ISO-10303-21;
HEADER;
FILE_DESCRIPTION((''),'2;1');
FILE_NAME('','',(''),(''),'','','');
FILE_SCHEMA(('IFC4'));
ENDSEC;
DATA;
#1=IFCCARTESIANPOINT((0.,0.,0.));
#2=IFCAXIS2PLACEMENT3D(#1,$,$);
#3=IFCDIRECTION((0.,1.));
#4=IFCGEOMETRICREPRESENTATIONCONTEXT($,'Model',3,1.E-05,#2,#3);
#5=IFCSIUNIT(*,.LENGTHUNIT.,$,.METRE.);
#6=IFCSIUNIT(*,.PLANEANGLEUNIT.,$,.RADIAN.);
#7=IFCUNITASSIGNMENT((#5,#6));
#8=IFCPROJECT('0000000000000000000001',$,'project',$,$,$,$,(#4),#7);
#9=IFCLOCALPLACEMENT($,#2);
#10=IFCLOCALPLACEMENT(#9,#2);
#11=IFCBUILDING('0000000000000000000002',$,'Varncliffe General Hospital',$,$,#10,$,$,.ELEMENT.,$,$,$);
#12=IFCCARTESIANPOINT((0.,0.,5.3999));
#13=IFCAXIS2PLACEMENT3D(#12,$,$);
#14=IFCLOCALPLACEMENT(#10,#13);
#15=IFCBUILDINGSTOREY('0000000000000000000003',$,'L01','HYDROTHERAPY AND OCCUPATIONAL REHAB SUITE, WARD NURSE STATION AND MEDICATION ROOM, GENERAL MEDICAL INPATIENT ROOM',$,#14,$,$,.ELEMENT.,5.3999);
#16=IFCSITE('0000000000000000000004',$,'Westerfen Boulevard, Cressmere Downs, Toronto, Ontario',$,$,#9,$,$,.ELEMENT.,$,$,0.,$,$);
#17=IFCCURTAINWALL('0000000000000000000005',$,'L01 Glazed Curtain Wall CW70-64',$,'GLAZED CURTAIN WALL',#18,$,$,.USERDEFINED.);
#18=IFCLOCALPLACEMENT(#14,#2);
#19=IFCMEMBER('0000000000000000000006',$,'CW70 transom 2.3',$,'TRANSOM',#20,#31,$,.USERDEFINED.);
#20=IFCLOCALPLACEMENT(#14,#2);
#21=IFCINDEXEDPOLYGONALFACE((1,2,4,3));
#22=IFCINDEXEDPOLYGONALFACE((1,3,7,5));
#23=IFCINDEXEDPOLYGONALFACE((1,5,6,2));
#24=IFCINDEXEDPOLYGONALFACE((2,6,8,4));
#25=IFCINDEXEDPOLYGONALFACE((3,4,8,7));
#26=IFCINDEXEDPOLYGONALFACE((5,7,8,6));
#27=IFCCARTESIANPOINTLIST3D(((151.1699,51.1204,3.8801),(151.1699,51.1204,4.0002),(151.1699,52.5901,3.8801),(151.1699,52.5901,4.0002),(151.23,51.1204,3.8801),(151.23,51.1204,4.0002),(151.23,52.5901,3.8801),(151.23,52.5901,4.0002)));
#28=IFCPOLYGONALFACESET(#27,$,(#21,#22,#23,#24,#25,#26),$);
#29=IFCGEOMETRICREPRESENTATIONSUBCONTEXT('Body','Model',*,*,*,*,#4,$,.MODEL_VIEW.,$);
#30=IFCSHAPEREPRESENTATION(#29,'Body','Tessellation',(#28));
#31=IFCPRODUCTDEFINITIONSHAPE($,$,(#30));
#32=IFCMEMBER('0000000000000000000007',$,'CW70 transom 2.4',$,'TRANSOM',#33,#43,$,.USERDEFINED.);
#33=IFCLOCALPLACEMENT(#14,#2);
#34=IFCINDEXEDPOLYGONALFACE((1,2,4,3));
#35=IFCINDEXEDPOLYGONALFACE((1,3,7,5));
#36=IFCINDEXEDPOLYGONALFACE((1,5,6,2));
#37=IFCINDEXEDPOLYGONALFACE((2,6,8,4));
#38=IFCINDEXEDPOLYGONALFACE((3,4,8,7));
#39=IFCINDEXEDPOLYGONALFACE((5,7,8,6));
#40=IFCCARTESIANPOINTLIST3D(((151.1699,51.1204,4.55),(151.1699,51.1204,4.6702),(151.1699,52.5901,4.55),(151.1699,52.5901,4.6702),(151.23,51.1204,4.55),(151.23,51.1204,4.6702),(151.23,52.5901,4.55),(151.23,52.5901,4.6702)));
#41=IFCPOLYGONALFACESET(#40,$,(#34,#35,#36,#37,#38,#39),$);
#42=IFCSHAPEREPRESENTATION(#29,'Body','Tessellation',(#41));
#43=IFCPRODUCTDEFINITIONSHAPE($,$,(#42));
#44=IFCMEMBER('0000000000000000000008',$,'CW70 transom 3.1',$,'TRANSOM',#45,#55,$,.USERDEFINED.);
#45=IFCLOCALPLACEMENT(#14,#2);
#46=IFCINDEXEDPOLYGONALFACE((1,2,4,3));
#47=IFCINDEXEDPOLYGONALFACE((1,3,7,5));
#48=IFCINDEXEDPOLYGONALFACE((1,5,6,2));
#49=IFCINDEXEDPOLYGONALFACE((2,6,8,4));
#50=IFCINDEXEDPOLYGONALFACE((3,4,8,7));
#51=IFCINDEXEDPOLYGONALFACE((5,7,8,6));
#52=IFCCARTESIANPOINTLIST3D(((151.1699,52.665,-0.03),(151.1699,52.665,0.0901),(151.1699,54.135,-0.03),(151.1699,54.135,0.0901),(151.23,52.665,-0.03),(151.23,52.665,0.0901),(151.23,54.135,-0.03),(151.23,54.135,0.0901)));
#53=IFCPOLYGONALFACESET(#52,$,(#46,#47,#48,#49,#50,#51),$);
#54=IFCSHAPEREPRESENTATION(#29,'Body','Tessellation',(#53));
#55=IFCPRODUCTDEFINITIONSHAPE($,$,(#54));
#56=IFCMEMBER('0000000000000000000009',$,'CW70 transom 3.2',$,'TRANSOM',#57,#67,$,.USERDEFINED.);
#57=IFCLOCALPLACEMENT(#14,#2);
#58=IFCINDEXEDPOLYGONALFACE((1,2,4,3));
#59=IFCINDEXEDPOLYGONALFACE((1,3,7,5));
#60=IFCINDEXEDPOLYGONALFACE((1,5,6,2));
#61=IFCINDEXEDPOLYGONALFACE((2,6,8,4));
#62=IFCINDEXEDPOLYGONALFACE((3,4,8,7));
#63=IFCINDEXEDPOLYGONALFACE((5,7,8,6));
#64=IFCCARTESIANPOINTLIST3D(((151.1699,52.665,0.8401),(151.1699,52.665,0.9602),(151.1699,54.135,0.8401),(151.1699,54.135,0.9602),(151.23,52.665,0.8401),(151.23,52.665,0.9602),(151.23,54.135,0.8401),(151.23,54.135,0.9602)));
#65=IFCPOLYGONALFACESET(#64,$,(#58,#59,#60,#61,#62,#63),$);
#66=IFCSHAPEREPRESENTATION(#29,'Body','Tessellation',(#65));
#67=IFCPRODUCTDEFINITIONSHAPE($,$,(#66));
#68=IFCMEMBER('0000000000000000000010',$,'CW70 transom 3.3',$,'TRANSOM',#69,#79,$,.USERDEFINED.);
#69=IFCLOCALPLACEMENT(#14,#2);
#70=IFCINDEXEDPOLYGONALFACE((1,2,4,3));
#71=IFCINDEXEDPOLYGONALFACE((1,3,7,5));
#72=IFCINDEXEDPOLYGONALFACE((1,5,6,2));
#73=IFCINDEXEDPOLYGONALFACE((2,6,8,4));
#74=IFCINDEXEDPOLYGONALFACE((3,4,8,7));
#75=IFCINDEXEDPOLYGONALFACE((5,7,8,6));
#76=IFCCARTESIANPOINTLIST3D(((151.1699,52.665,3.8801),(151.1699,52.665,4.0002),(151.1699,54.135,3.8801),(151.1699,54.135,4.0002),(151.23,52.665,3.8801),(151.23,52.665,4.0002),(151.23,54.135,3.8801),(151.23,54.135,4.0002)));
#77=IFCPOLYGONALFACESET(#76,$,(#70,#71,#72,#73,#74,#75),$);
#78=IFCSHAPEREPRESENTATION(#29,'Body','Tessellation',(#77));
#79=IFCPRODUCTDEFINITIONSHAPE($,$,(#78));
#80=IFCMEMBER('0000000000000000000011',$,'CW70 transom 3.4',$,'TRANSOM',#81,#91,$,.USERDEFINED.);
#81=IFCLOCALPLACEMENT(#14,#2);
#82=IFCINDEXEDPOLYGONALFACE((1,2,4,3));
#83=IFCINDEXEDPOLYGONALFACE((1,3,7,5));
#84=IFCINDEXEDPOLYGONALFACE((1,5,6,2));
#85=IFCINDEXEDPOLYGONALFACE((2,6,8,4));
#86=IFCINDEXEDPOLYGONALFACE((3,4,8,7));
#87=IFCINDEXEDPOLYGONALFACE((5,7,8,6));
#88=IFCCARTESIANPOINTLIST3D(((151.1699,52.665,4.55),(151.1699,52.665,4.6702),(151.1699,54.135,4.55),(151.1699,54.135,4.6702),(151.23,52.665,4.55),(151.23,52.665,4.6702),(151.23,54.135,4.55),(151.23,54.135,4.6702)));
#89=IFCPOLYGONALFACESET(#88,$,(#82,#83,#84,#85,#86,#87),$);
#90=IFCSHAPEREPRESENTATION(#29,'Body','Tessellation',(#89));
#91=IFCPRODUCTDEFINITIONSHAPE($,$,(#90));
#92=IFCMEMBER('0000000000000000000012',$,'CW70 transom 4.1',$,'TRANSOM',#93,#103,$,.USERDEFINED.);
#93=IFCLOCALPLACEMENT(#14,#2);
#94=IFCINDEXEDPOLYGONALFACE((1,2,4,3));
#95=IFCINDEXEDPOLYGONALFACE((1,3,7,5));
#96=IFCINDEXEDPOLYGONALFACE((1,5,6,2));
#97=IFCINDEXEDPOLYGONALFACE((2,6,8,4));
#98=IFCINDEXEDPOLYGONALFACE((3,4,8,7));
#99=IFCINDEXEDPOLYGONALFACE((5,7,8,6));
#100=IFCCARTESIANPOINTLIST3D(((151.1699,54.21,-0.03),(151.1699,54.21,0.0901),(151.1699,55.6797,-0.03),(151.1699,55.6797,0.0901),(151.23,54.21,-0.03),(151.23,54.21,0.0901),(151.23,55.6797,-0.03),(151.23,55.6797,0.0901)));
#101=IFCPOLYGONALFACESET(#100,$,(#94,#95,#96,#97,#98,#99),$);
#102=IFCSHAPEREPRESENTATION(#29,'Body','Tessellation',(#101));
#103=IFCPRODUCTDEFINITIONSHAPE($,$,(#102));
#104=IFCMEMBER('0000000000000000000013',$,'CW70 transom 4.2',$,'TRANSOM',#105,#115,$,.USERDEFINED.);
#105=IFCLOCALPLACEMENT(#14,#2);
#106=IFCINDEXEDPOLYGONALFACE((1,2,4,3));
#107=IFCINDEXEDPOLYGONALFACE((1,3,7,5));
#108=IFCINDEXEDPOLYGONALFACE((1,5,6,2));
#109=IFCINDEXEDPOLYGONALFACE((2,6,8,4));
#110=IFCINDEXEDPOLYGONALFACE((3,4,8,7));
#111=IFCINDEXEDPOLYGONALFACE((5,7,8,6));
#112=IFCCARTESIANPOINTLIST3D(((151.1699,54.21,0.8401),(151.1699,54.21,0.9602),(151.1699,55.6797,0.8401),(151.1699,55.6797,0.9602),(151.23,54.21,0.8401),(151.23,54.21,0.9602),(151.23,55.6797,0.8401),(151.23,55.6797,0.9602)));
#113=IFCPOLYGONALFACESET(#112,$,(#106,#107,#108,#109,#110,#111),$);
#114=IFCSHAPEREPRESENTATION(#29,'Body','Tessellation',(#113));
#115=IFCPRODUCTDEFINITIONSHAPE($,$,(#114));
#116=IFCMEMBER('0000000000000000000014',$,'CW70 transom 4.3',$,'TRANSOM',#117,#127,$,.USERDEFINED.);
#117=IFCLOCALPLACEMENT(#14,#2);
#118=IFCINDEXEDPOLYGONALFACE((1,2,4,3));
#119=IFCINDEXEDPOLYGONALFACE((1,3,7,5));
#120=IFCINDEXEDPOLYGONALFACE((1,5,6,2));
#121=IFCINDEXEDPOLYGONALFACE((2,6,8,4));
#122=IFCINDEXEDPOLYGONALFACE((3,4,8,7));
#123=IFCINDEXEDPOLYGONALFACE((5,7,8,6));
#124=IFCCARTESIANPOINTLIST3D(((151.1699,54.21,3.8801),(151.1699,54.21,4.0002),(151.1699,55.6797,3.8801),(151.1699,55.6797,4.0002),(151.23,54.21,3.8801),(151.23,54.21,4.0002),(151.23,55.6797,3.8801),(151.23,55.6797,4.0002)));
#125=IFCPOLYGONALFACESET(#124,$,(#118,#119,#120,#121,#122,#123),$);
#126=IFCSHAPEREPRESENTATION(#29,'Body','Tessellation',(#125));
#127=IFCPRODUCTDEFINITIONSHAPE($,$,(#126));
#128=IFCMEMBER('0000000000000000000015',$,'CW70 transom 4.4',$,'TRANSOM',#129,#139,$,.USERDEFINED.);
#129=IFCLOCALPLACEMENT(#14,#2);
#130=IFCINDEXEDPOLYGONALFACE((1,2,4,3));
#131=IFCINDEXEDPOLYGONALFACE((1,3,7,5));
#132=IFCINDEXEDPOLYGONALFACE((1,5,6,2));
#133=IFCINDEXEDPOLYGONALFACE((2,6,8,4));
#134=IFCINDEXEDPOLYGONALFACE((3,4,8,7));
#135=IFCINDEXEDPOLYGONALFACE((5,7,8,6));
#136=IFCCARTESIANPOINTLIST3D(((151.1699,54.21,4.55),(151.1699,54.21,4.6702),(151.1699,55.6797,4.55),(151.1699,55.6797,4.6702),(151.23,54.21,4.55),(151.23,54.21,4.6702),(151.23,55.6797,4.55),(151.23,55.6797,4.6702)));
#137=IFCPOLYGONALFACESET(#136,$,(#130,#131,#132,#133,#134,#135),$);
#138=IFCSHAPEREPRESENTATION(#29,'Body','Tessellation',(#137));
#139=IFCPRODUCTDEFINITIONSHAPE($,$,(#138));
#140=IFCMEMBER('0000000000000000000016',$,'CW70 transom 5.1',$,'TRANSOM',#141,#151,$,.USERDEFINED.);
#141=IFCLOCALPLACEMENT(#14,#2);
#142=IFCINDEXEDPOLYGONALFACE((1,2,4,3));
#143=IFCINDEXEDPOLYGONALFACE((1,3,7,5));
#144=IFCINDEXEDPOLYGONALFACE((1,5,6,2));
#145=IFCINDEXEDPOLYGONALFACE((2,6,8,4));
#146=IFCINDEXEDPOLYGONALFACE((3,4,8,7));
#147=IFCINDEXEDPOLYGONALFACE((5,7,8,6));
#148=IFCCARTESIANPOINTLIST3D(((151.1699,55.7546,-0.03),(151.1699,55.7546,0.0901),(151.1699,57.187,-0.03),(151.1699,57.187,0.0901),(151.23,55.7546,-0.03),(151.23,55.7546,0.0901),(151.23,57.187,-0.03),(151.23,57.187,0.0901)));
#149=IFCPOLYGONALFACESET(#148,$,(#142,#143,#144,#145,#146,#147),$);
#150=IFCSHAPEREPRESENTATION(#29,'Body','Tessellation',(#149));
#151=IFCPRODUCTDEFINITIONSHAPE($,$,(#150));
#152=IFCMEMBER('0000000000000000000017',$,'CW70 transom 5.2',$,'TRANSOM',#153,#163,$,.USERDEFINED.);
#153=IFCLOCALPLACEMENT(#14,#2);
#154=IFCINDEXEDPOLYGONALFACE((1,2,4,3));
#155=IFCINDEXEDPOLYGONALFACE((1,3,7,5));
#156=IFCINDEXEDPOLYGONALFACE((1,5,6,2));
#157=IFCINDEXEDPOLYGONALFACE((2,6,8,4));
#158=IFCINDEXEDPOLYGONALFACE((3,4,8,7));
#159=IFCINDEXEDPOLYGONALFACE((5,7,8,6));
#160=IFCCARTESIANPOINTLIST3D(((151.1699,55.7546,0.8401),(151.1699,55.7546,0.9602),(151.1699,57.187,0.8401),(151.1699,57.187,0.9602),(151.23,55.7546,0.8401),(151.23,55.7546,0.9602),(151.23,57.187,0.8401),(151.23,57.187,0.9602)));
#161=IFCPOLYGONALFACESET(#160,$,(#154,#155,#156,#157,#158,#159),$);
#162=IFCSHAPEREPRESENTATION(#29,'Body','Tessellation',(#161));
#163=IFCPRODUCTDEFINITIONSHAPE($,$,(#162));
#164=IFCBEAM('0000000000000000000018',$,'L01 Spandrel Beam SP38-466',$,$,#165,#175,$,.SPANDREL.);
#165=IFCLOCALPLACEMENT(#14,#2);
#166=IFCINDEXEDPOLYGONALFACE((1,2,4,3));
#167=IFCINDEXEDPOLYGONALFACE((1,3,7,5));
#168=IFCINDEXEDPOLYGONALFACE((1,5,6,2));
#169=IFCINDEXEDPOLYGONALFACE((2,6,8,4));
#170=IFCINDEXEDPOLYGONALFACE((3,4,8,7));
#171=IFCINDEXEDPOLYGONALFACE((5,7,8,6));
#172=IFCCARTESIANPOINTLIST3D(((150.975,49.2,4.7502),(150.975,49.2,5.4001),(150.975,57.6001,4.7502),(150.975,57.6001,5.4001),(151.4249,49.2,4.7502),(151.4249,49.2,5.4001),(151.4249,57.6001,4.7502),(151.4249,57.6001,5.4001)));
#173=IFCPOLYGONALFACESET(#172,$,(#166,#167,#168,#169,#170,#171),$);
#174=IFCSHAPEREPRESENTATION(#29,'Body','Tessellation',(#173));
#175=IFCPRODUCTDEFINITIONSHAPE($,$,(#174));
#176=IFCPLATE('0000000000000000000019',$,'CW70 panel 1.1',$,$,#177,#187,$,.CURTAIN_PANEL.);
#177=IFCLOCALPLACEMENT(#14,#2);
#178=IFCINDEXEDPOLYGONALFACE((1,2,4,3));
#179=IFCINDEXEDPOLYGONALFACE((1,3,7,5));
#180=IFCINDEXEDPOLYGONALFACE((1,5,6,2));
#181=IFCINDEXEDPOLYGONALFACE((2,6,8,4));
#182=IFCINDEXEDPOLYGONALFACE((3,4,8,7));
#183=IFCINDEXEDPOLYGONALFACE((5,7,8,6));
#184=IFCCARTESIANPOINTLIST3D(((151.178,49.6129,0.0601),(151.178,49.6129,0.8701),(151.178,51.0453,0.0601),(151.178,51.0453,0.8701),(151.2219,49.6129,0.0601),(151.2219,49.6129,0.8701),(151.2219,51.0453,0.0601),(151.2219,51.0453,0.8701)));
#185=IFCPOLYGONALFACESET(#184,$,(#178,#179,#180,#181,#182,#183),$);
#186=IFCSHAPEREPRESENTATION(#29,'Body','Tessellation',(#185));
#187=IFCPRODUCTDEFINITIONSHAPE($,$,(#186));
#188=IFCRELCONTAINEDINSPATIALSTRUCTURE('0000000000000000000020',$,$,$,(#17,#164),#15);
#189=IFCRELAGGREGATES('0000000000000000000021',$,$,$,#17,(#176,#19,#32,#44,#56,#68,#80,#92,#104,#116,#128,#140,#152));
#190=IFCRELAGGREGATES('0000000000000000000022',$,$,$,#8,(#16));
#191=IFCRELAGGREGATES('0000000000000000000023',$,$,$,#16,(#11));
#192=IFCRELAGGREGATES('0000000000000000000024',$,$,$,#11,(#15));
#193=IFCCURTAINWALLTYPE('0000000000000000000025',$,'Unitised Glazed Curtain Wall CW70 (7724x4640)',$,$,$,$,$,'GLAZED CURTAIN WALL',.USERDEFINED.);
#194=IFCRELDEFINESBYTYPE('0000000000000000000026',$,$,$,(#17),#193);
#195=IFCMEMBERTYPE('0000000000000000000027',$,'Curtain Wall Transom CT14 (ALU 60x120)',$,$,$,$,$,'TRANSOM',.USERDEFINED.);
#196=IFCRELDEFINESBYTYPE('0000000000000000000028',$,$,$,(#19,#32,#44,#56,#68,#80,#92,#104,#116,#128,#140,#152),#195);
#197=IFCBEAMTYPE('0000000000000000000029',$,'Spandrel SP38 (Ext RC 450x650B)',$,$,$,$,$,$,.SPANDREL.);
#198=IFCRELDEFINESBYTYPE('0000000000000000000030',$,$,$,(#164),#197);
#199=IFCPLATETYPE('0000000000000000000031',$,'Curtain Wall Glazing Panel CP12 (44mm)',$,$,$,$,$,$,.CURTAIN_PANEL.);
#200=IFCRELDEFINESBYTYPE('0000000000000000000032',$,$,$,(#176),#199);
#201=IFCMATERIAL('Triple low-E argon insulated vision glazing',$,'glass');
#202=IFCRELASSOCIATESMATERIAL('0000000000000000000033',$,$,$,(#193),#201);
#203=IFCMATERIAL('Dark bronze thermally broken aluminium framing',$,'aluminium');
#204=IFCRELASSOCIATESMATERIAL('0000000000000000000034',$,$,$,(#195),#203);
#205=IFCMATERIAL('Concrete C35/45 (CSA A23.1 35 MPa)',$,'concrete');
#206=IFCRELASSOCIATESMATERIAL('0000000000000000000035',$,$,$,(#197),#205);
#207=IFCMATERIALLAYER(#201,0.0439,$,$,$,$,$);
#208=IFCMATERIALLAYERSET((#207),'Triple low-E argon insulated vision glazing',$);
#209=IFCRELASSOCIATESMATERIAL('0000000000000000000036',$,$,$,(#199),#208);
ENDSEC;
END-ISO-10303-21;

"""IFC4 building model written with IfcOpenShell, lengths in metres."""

from ifc_helpers import new_model, si_unit, direction, frame, origin, origin_2d, place, context, subcontext, project, spatial, rectangle, extrude, material, layer, layer_set, material_profile, profile_set, type_object, element, aggregate, save


model = new_model("IFC4")

# Units and contexts
model_context = context("Model", 3, precision=1e-05, world=origin(), true_north=direction((0.0, 1.0)))
body_context = subcontext(model_context, "Body", "Model", "MODEL_VIEW")
ifc_project = project(units=[si_unit("LENGTHUNIT", "METRE"), si_unit("PLANEANGLEUNIT", "RADIAN")], contexts=[model_context])

# Site, building, storey
site_placement = place(None, origin())
site = spatial("IfcSite", under=ifc_project, at=site_placement, Name="Westerfen Boulevard, Cressmere Downs, Toronto, Ontario", CompositionType="ELEMENT", RefElevation=0.0)
building_placement = place(site_placement, origin())
building = spatial("IfcBuilding", under=site, at=building_placement, Name="Varncliffe General Hospital", CompositionType="ELEMENT")
storey_placement = place(building_placement, frame((0.0, 0.0, 5.3999)))
storey = spatial("IfcBuildingStorey", under=building, at=storey_placement, Name="L01", Description="HYDROTHERAPY AND OCCUPATIONAL REHAB SUITE, WARD NURSE STATION AND MEDICATION ROOM, GENERAL MEDICAL INPATIENT ROOM", CompositionType="ELEMENT", Elevation=5.3999)

# Shared definitions
ifc_material_1 = material(Name="Concrete C35/45 (CSA A23.1 35 MPa)", Category="concrete")

# Curtain wall
ifc_material_2 = material(Name="Triple low-E argon insulated vision glazing", Category="glass")
curtain_wall_type_1 = type_object("IfcCurtainWallType", Name="Unitised Glazed Curtain Wall CW70 (7724x4640)", ElementType="GLAZED CURTAIN WALL", PredefinedType="USERDEFINED", material=ifc_material_2)
curtain_wall_1_placement = place(storey_placement, origin())
curtain_wall_1 = element("IfcCurtainWall", 1, at=curtain_wall_1_placement, inside=storey, type_object=curtain_wall_type_1, Name="L01 Glazed Curtain Wall CW70-64", ObjectType="GLAZED CURTAIN WALL", PredefinedType="USERDEFINED")
ifc_material_3 = material(Name="Dark bronze thermally broken aluminium framing", Category="aluminium")

# Members
ifc_material_profile_1 = material_profile(ifc_material_3, rectangle(XDim=0.0601, YDim=0.1201, at=origin_2d()), Name="ALU 60x120")
ifc_profile_set_1 = profile_set([ifc_material_profile_1], Name="Dark bronze thermally broken aluminium framing")
member_type_1 = type_object("IfcMemberType", Name="Curtain Wall Transom CT14 (ALU 60x120)", ElementType="TRANSOM", PredefinedType="USERDEFINED", material=ifc_profile_set_1)
member_1_placement = place(storey_placement, frame((151.2, 51.1204, 3.9402), z_axis=(0.0, 1.0, 0.0), x_axis=(-1.0, 0.0, 0.0)))
member_1 = element("IfcMember", 2, at=member_1_placement, type_object=member_type_1, Name="CW70 transom 2.3", ObjectType="TRANSOM", PredefinedType="USERDEFINED", context=body_context, shape_type="SweptSolid", body=[
    extrude(rectangle(XDim=0.0601, YDim=0.1201, at=origin_2d()), origin(), (0.0, 0.0, 1.0), 1.4697),
])
member_2_placement = place(storey_placement, frame((151.2, 51.1204, 4.6101), z_axis=(0.0, 1.0, 0.0), x_axis=(-1.0, 0.0, 0.0)))
member_2 = element("IfcMember", 3, at=member_2_placement, type_object=member_type_1, Name="CW70 transom 2.4", ObjectType="TRANSOM", PredefinedType="USERDEFINED", context=body_context, shape_type="SweptSolid", body=[
    extrude(rectangle(XDim=0.0601, YDim=0.1201, at=origin_2d()), origin(), (0.0, 0.0, 1.0), 1.4697),
])
member_3_placement = place(storey_placement, frame((151.2, 52.665, 0.03), z_axis=(0.0, 1.0, 0.0), x_axis=(-1.0, 0.0, 0.0)))
member_3 = element("IfcMember", 4, at=member_3_placement, type_object=member_type_1, Name="CW70 transom 3.1", ObjectType="TRANSOM", PredefinedType="USERDEFINED", context=body_context, shape_type="SweptSolid", body=[
    extrude(rectangle(XDim=0.0601, YDim=0.1201, at=origin_2d()), origin(), (0.0, 0.0, 1.0), 1.47),
])
member_4_placement = place(storey_placement, frame((151.2, 52.665, 0.9001), z_axis=(0.0, 1.0, 0.0), x_axis=(-1.0, 0.0, 0.0)))
member_4 = element("IfcMember", 5, at=member_4_placement, type_object=member_type_1, Name="CW70 transom 3.2", ObjectType="TRANSOM", PredefinedType="USERDEFINED", context=body_context, shape_type="SweptSolid", body=[
    extrude(rectangle(XDim=0.0601, YDim=0.1201, at=origin_2d()), origin(), (0.0, 0.0, 1.0), 1.47),
])
member_5_placement = place(storey_placement, frame((151.2, 52.665, 3.9402), z_axis=(0.0, 1.0, 0.0), x_axis=(-1.0, 0.0, 0.0)))
member_5 = element("IfcMember", 6, at=member_5_placement, type_object=member_type_1, Name="CW70 transom 3.3", ObjectType="TRANSOM", PredefinedType="USERDEFINED", context=body_context, shape_type="SweptSolid", body=[
    extrude(rectangle(XDim=0.0601, YDim=0.1201, at=origin_2d()), origin(), (0.0, 0.0, 1.0), 1.47),
])
member_6_placement = place(storey_placement, frame((151.2, 52.665, 4.6101), z_axis=(0.0, 1.0, 0.0), x_axis=(-1.0, 0.0, 0.0)))
member_6 = element("IfcMember", 7, at=member_6_placement, type_object=member_type_1, Name="CW70 transom 3.4", ObjectType="TRANSOM", PredefinedType="USERDEFINED", context=body_context, shape_type="SweptSolid", body=[
    extrude(rectangle(XDim=0.0601, YDim=0.1201, at=origin_2d()), origin(), (0.0, 0.0, 1.0), 1.47),
])
member_7_placement = place(storey_placement, frame((151.2, 54.21, 0.03), z_axis=(0.0, 1.0, 0.0), x_axis=(-1.0, 0.0, 0.0)))
member_7 = element("IfcMember", 8, at=member_7_placement, type_object=member_type_1, Name="CW70 transom 4.1", ObjectType="TRANSOM", PredefinedType="USERDEFINED", context=body_context, shape_type="SweptSolid", body=[
    extrude(rectangle(XDim=0.0601, YDim=0.1201, at=origin_2d()), origin(), (0.0, 0.0, 1.0), 1.4697),
])
member_8_placement = place(storey_placement, frame((151.2, 54.21, 0.9001), z_axis=(0.0, 1.0, 0.0), x_axis=(-1.0, 0.0, 0.0)))
member_8 = element("IfcMember", 9, at=member_8_placement, type_object=member_type_1, Name="CW70 transom 4.2", ObjectType="TRANSOM", PredefinedType="USERDEFINED", context=body_context, shape_type="SweptSolid", body=[
    extrude(rectangle(XDim=0.0601, YDim=0.1201, at=origin_2d()), origin(), (0.0, 0.0, 1.0), 1.4697),
])
member_9_placement = place(storey_placement, frame((151.2, 54.21, 3.9402), z_axis=(0.0, 1.0, 0.0), x_axis=(-1.0, 0.0, 0.0)))
member_9 = element("IfcMember", 10, at=member_9_placement, type_object=member_type_1, Name="CW70 transom 4.3", ObjectType="TRANSOM", PredefinedType="USERDEFINED", context=body_context, shape_type="SweptSolid", body=[
    extrude(rectangle(XDim=0.0601, YDim=0.1201, at=origin_2d()), origin(), (0.0, 0.0, 1.0), 1.4697),
])
member_10_placement = place(storey_placement, frame((151.2, 54.21, 4.6101), z_axis=(0.0, 1.0, 0.0), x_axis=(-1.0, 0.0, 0.0)))
member_10 = element("IfcMember", 11, at=member_10_placement, type_object=member_type_1, Name="CW70 transom 4.4", ObjectType="TRANSOM", PredefinedType="USERDEFINED", context=body_context, shape_type="SweptSolid", body=[
    extrude(rectangle(XDim=0.0601, YDim=0.1201, at=origin_2d()), origin(), (0.0, 0.0, 1.0), 1.4697),
])
member_11_placement = place(storey_placement, frame((151.2, 55.7546, 0.03), z_axis=(0.0, 1.0, 0.0), x_axis=(-1.0, 0.0, 0.0)))
member_11 = element("IfcMember", 12, at=member_11_placement, type_object=member_type_1, Name="CW70 transom 5.1", ObjectType="TRANSOM", PredefinedType="USERDEFINED", context=body_context, shape_type="SweptSolid", body=[
    extrude(rectangle(XDim=0.0601, YDim=0.1201, at=origin_2d()), origin(), (0.0, 0.0, 1.0), 1.4324),
])
member_12_placement = place(storey_placement, frame((151.2, 55.7546, 0.9001), z_axis=(0.0, 1.0, 0.0), x_axis=(-1.0, 0.0, 0.0)))
member_12 = element("IfcMember", 13, at=member_12_placement, type_object=member_type_1, Name="CW70 transom 5.2", ObjectType="TRANSOM", PredefinedType="USERDEFINED", context=body_context, shape_type="SweptSolid", body=[
    extrude(rectangle(XDim=0.0601, YDim=0.1201, at=origin_2d()), origin(), (0.0, 0.0, 1.0), 1.4324),
])

# Beam
ifc_material_profile_2 = material_profile(ifc_material_1, rectangle(XDim=0.45, YDim=0.6499, at=origin_2d()), Name="RC 450x650")
ifc_profile_set_2 = profile_set([ifc_material_profile_2], Name="Concrete C35/45 (CSA A23.1 35 MPa)")
beam_type_1 = type_object("IfcBeamType", Name="Spandrel SP38 (Ext RC 450x650B)", PredefinedType="SPANDREL", material=ifc_profile_set_2)
beam_1_placement = place(storey_placement, frame((151.2, 49.2, 5.0752), z_axis=(0.0, 1.0, 0.0), x_axis=(-1.0, 0.0, 0.0)))
element("IfcBeam", 14, at=beam_1_placement, inside=storey, type_object=beam_type_1, Name="L01 Spandrel Beam SP38-466", PredefinedType="SPANDREL", context=body_context, shape_type="SweptSolid", body=[
    extrude(rectangle(XDim=0.45, YDim=0.6499, at=origin_2d()), origin(), (0.0, 0.0, 1.0), 8.4001),
])

# Plate
ifc_layer = layer(ifc_material_2, 0.0439)
ifc_layer_set = layer_set([ifc_layer], Name="Triple low-E argon insulated vision glazing")
plate_type = type_object("IfcPlateType", Name="Curtain Wall Glazing Panel CP12 (44mm)", PredefinedType="CURTAIN_PANEL", material=ifc_layer_set)
plate_1_placement = place(storey_placement, frame((151.2, 50.3291, 0.0601), z_axis=(0.0, 0.0, 1.0), x_axis=(0.0, 1.0, 0.0)))
plate_1 = element("IfcPlate", 15, at=plate_1_placement, type_object=plate_type, Name="CW70 panel 1.1", PredefinedType="CURTAIN_PANEL", context=body_context, shape_type="SweptSolid", body=[
    extrude(rectangle(XDim=1.4324, YDim=0.0439, at=origin_2d()), origin(), (0.0, 0.0, 1.0), 0.8101),
])
aggregate(curtain_wall_1, [plate_1, member_1, member_2, member_3, member_4, member_5, member_6, member_7, member_8, member_9, member_10, member_11, member_12])

save(model, "model.ifc")
